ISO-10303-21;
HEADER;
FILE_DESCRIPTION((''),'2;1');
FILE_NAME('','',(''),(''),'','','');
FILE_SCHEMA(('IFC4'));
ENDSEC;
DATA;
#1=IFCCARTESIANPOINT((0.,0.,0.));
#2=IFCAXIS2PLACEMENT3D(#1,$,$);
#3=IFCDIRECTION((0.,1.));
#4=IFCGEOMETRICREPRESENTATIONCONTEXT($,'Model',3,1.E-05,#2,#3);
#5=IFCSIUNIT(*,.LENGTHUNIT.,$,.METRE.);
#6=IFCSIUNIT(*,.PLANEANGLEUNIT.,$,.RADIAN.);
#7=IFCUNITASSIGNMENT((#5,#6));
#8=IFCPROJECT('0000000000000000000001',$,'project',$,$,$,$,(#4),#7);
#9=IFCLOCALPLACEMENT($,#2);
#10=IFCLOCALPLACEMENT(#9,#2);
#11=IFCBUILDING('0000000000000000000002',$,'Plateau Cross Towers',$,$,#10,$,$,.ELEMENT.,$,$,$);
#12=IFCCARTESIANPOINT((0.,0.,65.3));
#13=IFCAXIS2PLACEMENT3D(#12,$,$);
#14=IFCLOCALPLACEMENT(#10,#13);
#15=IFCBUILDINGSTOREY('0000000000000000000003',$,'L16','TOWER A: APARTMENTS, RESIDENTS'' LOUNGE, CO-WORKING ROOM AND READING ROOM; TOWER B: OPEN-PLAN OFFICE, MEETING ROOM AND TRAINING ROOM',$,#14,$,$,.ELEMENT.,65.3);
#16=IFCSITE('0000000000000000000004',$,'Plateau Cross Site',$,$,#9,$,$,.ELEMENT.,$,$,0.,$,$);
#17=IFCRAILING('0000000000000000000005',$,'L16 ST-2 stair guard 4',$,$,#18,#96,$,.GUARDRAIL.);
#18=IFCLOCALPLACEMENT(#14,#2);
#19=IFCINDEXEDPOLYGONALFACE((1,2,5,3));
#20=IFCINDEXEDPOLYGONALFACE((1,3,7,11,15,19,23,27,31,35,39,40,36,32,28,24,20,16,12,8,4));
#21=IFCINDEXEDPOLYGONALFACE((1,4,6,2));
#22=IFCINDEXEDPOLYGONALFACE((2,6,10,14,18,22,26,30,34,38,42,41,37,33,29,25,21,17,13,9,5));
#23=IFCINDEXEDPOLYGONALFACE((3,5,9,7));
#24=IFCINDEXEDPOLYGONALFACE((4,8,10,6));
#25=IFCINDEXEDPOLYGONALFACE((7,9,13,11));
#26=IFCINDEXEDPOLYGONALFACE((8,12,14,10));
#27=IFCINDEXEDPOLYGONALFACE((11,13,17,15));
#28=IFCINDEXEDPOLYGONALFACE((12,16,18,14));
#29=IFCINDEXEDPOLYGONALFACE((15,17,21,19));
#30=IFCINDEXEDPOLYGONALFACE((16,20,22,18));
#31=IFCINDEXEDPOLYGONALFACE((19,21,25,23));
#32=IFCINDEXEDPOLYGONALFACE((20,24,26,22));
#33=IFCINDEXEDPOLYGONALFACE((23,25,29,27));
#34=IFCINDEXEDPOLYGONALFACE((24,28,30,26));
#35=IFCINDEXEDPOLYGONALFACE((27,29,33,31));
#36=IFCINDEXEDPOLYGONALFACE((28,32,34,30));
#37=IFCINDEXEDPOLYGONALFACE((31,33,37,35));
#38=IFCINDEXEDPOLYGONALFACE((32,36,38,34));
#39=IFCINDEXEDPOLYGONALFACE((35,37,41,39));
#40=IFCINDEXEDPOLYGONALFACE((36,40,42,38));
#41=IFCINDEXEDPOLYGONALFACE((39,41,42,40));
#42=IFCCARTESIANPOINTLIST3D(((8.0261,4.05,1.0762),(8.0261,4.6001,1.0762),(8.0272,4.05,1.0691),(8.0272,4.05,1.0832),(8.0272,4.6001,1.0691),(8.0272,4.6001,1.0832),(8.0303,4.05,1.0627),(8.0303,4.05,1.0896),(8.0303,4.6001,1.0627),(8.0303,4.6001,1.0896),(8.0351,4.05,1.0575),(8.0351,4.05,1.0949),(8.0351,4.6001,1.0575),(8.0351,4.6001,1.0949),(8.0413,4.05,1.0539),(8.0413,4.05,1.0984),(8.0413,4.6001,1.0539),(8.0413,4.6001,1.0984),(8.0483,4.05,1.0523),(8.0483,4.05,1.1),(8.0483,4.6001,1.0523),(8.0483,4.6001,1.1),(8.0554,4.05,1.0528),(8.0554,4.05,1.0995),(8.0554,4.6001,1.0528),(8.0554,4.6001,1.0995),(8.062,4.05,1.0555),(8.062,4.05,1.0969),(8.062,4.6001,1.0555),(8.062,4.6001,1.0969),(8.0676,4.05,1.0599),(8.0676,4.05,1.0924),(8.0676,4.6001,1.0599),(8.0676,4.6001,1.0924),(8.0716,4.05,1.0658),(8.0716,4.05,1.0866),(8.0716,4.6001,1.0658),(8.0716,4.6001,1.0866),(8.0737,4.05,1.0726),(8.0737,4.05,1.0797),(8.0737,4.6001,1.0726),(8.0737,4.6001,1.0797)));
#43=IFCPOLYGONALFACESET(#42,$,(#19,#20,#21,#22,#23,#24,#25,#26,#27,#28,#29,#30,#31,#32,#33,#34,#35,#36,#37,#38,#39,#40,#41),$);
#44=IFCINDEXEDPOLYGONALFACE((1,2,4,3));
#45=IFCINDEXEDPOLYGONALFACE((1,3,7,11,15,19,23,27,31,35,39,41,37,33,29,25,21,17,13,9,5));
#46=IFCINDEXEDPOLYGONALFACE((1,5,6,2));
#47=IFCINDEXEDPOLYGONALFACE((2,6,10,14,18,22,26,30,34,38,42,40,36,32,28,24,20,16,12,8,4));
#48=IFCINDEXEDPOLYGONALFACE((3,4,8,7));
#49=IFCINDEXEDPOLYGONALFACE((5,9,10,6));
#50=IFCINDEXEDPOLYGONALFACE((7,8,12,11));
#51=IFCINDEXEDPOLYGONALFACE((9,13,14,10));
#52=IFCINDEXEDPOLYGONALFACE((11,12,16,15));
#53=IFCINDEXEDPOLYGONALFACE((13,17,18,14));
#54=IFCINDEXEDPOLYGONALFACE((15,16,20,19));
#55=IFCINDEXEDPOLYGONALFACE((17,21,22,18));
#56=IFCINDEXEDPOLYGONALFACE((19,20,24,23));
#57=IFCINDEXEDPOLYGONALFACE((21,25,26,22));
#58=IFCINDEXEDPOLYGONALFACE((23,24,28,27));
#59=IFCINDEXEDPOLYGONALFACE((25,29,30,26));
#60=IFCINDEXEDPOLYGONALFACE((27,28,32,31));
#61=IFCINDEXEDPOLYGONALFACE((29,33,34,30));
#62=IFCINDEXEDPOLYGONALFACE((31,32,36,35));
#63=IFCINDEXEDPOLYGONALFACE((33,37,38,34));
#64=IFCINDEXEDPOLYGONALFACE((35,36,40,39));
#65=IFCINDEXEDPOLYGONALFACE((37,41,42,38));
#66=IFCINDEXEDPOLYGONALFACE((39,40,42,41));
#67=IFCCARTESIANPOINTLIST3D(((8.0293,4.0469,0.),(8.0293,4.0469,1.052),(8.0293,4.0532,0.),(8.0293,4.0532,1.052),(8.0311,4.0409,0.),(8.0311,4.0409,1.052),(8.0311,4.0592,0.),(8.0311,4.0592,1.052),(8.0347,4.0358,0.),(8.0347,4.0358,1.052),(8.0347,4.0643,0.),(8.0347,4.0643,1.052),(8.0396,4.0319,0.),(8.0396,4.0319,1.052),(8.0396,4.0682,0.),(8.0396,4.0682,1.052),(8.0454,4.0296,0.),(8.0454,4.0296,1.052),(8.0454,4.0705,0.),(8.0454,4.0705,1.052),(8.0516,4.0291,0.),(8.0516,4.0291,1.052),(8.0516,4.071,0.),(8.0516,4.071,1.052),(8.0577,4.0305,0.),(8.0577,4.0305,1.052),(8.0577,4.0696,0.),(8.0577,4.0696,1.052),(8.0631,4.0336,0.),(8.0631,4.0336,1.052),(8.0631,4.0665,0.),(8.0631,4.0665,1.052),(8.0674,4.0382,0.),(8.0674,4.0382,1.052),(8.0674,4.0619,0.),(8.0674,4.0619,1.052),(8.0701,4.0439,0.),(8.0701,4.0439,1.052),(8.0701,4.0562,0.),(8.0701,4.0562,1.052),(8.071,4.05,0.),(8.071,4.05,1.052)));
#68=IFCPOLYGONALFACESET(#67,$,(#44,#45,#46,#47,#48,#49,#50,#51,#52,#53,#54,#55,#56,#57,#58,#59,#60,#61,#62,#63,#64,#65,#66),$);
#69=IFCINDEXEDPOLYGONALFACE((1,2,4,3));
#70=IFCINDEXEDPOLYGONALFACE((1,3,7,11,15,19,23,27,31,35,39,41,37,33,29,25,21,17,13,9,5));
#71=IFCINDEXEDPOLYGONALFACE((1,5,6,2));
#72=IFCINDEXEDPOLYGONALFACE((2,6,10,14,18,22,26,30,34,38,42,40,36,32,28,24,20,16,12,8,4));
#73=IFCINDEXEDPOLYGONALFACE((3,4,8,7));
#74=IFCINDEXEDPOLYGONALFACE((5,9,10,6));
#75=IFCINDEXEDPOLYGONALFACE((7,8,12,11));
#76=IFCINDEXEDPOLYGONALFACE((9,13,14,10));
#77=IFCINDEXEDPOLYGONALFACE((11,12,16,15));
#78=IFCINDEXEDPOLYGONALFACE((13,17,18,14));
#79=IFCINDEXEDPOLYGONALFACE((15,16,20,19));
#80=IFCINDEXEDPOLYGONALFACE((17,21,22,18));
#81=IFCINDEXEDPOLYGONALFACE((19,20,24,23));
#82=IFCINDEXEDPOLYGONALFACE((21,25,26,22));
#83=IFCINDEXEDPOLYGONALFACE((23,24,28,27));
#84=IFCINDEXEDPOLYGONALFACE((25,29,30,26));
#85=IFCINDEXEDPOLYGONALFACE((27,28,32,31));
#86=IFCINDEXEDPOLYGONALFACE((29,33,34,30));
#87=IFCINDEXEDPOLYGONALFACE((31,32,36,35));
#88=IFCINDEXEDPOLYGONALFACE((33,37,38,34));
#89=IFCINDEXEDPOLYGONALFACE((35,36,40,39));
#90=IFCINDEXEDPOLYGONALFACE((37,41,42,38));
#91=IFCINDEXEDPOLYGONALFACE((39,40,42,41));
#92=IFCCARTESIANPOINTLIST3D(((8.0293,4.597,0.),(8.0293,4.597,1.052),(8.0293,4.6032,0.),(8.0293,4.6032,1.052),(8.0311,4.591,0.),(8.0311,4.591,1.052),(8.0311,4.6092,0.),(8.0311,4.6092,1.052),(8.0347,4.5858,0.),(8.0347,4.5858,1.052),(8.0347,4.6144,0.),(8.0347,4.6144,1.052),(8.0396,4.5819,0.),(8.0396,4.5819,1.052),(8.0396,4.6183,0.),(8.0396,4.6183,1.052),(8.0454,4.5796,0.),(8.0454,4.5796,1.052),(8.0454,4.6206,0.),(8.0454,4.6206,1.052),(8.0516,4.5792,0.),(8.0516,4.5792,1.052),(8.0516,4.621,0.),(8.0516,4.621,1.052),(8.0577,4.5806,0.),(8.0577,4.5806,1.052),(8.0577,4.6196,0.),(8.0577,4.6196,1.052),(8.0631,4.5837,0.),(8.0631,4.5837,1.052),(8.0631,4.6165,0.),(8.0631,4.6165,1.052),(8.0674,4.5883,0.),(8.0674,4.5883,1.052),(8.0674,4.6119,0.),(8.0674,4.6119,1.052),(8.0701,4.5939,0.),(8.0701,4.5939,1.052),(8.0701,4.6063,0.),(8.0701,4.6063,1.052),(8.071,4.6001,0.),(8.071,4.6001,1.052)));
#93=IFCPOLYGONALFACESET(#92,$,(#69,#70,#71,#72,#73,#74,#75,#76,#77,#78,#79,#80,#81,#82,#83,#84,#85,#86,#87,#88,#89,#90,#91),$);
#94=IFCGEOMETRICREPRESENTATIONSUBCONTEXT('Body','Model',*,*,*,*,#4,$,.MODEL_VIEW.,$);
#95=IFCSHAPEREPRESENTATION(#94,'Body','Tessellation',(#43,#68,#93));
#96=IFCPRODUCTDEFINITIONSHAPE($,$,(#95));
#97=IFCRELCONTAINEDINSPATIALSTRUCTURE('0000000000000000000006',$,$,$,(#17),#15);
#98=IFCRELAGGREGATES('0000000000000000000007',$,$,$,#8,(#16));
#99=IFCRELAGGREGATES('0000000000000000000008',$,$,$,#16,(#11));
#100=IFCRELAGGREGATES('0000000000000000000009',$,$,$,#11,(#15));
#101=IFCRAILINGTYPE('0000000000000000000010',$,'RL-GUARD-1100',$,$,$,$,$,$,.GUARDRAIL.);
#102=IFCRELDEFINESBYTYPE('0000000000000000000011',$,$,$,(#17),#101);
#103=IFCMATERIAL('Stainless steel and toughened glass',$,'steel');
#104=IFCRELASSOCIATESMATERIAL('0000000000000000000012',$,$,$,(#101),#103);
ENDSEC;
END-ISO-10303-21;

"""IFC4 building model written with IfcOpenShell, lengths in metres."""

from ifc_helpers import new_model, si_unit, direction, frame, origin, origin_2d, place, context, subcontext, project, spatial, circle, extrude, material, type_object, element, save


model = new_model("IFC4")

# Units and contexts
model_context = context("Model", 3, precision=1e-05, world=origin(), true_north=direction((0.0, 1.0)))
body_context = subcontext(model_context, "Body", "Model", "MODEL_VIEW")
ifc_project = project(units=[si_unit("LENGTHUNIT", "METRE"), si_unit("PLANEANGLEUNIT", "RADIAN")], contexts=[model_context])

# Site, building, storey
site_placement = place(None, origin())
site = spatial("IfcSite", under=ifc_project, at=site_placement, Name="Plateau Cross Site", CompositionType="ELEMENT", RefElevation=0.0)
building_placement = place(site_placement, origin())
building = spatial("IfcBuilding", under=site, at=building_placement, Name="Plateau Cross Towers", CompositionType="ELEMENT")
storey_placement = place(building_placement, frame((0.0, 0.0, 65.3)))
storey = spatial("IfcBuildingStorey", under=building, at=storey_placement, Name="L16", Description="TOWER A: APARTMENTS, RESIDENTS' LOUNGE, CO-WORKING ROOM AND READING ROOM; TOWER B: OPEN-PLAN OFFICE, MEETING ROOM AND TRAINING ROOM", CompositionType="ELEMENT", Elevation=65.3)

# Railing
ifc_material_1 = material(Name="Stainless steel and toughened glass", Category="steel")
railing_type_1 = type_object("IfcRailingType", Name="RL-GUARD-1100", PredefinedType="GUARDRAIL", material=ifc_material_1)
railing_1_placement = place(storey_placement, frame((8.05, 4.05, 0.0)))
element("IfcRailing", 1, at=railing_1_placement, inside=storey, type_object=railing_type_1, Name="L16 ST-2 stair guard 4", PredefinedType="GUARDRAIL", context=body_context, shape_type="SweptSolid", body=[
    extrude(circle(Radius=0.0239, at=origin_2d()), frame((0.0, 0.0, 1.0762), z_axis=(0.0, 1.0, 0.0), x_axis=(-1.0, 0.0, 0.0)), (0.0, 0.0, 1.0), 0.55),
    extrude(circle(Radius=0.021, at=origin_2d()), origin(), (0.0, 0.0, 1.0), 1.052),
    extrude(circle(Radius=0.021, at=origin_2d()), frame((0.0, 0.55, 0.0)), (0.0, 0.0, 1.0), 1.052),
])

save(model, "model.ifc")
